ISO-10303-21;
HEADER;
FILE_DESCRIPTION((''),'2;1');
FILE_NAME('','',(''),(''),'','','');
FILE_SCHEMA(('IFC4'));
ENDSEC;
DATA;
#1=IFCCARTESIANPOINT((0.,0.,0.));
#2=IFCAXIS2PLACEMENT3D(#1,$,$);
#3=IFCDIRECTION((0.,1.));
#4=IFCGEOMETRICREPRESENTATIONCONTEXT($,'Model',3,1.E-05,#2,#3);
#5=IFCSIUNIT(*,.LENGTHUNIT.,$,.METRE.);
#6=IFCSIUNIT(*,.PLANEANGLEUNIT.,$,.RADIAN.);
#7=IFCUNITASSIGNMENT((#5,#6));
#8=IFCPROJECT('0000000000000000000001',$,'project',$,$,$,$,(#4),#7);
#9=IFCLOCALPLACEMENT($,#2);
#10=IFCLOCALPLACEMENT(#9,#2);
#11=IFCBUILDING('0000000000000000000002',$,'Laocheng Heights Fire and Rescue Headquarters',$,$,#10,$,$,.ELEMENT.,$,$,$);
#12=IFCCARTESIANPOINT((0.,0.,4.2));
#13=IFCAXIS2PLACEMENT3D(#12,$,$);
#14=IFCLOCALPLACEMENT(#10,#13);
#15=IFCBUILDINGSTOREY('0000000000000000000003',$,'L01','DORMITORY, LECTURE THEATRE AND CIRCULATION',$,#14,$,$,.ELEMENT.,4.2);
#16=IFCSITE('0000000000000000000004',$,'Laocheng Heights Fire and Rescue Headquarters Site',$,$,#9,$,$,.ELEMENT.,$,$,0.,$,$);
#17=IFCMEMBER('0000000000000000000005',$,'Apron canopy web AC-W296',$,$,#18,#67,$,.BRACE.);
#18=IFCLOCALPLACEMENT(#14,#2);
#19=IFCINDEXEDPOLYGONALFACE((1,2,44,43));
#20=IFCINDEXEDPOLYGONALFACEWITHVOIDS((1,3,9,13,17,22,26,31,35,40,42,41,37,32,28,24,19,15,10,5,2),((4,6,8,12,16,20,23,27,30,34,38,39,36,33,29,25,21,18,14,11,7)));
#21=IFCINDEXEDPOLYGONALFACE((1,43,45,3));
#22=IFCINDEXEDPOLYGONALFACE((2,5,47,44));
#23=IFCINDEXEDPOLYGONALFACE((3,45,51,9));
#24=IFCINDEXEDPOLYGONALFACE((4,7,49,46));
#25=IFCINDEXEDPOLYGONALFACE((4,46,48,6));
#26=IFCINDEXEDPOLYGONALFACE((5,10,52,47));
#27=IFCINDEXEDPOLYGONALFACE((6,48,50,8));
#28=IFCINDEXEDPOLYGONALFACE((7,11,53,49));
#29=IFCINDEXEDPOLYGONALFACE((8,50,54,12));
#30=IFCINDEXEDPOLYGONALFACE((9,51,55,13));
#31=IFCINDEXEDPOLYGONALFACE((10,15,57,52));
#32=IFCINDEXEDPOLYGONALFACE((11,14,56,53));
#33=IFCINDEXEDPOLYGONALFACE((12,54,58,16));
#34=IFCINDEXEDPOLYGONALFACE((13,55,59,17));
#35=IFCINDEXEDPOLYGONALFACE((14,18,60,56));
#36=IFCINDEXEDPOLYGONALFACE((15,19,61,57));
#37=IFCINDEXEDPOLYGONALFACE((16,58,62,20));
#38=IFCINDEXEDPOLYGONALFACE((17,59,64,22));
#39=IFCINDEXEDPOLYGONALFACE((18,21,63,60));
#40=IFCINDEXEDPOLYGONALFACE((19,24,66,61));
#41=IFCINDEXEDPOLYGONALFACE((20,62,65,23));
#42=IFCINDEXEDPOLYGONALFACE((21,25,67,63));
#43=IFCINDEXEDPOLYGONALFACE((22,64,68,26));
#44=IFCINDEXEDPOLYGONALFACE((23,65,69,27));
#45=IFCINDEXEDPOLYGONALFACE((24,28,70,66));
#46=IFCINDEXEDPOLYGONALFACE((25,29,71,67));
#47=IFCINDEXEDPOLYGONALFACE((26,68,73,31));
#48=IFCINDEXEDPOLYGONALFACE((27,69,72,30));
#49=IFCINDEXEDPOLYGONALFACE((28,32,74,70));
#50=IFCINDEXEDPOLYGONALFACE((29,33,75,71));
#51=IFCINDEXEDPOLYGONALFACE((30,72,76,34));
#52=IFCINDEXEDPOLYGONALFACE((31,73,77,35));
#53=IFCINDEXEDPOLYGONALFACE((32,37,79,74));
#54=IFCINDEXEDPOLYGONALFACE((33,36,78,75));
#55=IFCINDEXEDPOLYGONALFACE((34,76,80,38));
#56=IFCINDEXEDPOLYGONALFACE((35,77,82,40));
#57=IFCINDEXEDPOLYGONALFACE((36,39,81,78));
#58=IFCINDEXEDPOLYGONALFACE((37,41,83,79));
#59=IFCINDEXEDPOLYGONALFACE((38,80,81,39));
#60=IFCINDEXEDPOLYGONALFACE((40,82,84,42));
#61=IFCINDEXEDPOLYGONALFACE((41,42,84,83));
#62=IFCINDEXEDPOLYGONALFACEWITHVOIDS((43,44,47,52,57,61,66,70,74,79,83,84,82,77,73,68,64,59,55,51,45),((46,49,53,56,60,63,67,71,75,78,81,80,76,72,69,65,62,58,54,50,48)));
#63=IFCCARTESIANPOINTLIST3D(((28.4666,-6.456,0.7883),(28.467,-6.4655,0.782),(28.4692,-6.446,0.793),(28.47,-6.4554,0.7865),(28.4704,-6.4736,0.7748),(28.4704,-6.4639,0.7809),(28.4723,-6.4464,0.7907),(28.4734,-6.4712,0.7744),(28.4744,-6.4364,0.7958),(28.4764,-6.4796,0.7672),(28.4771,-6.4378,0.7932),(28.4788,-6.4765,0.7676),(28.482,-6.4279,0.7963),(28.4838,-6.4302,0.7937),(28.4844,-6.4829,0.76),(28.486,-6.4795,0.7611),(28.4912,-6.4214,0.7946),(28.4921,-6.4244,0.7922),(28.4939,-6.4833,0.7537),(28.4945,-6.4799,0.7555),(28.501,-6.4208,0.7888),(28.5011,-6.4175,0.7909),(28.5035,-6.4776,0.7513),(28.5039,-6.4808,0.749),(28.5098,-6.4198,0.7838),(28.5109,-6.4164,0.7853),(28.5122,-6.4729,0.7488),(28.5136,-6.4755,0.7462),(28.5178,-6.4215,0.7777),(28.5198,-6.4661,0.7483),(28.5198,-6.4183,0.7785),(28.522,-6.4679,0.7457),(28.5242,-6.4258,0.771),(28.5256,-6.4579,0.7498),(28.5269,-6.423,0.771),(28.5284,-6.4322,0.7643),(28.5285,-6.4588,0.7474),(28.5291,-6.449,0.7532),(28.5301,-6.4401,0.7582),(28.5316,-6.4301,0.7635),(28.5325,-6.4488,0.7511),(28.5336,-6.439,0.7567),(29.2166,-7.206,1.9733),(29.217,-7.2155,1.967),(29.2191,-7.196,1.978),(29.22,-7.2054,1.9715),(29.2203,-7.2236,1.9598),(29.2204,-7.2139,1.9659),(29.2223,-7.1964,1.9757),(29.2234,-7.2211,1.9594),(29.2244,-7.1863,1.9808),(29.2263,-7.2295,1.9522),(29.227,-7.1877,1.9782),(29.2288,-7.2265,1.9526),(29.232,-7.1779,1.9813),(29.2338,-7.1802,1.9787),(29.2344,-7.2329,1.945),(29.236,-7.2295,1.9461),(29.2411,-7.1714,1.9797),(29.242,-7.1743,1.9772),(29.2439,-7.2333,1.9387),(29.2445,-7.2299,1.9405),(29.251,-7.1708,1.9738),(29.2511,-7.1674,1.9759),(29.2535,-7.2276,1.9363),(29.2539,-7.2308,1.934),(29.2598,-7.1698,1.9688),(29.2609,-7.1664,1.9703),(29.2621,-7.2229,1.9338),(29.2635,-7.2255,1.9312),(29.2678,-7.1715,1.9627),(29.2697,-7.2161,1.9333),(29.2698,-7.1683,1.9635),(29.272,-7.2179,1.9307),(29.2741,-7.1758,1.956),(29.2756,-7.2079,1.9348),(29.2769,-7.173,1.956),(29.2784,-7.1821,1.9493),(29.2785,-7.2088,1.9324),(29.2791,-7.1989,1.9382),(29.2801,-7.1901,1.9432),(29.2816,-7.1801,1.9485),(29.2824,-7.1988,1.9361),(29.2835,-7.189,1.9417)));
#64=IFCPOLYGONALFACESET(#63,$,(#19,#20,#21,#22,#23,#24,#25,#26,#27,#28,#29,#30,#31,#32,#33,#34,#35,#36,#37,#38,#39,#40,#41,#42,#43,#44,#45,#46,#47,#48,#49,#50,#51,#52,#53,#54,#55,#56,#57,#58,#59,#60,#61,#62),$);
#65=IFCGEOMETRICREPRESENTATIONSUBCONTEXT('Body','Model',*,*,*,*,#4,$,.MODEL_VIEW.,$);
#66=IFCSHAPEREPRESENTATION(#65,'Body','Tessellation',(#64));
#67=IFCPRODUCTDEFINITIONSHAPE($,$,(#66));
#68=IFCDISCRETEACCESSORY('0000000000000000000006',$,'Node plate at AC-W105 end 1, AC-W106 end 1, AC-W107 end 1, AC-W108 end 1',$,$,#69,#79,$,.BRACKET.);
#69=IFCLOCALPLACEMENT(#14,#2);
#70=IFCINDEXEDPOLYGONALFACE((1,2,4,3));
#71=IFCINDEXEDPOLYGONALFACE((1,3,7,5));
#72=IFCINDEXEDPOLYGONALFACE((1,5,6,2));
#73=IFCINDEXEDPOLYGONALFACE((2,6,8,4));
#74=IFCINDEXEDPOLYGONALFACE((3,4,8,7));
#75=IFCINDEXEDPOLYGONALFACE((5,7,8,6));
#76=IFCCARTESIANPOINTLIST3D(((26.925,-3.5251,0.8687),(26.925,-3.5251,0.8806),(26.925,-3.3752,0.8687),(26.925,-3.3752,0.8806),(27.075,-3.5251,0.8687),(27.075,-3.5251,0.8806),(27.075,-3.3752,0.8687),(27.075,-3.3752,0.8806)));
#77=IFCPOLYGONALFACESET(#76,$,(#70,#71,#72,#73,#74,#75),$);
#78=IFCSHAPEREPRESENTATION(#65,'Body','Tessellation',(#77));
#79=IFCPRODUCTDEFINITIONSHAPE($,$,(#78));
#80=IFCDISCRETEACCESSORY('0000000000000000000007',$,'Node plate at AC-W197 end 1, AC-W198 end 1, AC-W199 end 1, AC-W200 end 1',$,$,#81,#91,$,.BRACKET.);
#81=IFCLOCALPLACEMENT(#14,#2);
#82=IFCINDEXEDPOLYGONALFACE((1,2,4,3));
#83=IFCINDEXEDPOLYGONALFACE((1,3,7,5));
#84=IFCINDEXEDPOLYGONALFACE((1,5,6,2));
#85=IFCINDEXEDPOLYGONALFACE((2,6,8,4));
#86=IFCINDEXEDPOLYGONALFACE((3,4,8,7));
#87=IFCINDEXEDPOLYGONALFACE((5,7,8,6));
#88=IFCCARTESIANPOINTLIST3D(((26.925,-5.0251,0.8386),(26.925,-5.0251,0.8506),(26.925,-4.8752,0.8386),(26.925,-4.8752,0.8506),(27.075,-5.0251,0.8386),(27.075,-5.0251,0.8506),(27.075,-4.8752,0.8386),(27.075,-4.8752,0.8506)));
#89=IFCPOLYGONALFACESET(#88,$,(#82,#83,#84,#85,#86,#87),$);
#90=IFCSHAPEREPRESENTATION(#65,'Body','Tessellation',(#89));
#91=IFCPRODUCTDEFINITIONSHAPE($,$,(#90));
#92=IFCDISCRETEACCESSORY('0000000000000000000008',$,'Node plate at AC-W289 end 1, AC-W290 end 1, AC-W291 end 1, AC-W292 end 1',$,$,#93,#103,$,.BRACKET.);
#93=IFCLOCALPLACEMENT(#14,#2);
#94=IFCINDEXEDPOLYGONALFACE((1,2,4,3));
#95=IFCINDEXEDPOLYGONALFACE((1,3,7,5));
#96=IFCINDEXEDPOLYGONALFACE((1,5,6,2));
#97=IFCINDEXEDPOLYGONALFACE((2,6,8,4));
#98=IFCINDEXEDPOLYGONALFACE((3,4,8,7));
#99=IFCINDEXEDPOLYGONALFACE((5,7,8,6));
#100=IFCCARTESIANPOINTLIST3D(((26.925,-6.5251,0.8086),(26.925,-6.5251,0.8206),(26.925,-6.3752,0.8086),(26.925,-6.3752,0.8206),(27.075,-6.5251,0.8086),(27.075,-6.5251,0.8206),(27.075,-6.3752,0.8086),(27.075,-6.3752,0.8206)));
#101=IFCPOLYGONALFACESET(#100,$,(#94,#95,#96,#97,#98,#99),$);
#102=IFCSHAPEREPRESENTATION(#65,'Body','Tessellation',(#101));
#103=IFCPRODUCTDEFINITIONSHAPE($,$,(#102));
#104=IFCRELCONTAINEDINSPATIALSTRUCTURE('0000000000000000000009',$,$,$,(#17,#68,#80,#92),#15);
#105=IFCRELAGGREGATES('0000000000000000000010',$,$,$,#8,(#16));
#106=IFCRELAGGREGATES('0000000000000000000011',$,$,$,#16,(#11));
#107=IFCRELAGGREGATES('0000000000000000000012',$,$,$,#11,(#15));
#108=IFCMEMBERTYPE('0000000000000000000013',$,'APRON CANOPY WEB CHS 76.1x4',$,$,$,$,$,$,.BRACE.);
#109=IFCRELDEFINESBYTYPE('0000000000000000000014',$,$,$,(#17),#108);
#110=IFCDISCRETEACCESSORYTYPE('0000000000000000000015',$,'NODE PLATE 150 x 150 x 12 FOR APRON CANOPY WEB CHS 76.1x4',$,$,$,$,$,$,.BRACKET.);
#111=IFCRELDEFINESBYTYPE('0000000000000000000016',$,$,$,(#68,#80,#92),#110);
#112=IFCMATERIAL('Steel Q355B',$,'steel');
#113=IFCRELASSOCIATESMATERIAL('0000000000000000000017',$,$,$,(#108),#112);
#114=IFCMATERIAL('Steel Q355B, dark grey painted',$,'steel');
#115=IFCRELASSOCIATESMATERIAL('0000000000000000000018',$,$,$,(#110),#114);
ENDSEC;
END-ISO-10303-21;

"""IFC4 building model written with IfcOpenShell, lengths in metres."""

from ifc_helpers import new_model, si_unit, direction, frame, origin, origin_2d, place, context, subcontext, project, spatial, rectangle, hollow_circle, extrude, material, material_profile, profile_set, type_object, element, save


model = new_model("IFC4")

# Units and contexts
model_context = context("Model", 3, precision=1e-05, world=origin(), true_north=direction((0.0, 1.0)))
body_context = subcontext(model_context, "Body", "Model", "MODEL_VIEW")
ifc_project = project(units=[si_unit("LENGTHUNIT", "METRE"), si_unit("PLANEANGLEUNIT", "RADIAN")], contexts=[model_context])

# Site, building, storey
site_placement = place(None, origin())
site = spatial("IfcSite", under=ifc_project, at=site_placement, Name="Laocheng Heights Fire and Rescue Headquarters Site", CompositionType="ELEMENT", RefElevation=0.0)
building_placement = place(site_placement, origin())
building = spatial("IfcBuilding", under=site, at=building_placement, Name="Laocheng Heights Fire and Rescue Headquarters", CompositionType="ELEMENT")
storey_placement = place(building_placement, frame((0.0, 0.0, 4.2)))
storey = spatial("IfcBuildingStorey", under=building, at=storey_placement, Name="L01", Description="DORMITORY, LECTURE THEATRE AND CIRCULATION", CompositionType="ELEMENT", Elevation=4.2)

# Member
ifc_material_1 = material(Name="Steel Q355B", Category="steel")
ifc_material_profile_1 = material_profile(ifc_material_1, hollow_circle(Radius=0.0381, WallThickness=0.0039, at=origin_2d()), Name="CHS 76.1x4")
ifc_profile_set_1 = profile_set([ifc_material_profile_1], Name="Steel Q355B")
member_type_1 = type_object("IfcMemberType", Name="APRON CANOPY WEB CHS 76.1x4", PredefinedType="BRACE", material=ifc_profile_set_1)
for number, where, z_axis, x_axis, name in (
    (1, (28.5, -6.45, 0.771), (0.47158, -0.47158, 0.745134), (0.707107, 0.707107, 0.0), "Apron canopy web AC-W296"),
):
    element("IfcMember", number, at=place(storey_placement, frame(where, z_axis=z_axis, x_axis=x_axis)), inside=storey, type_object=member_type_1, Name=name, PredefinedType="BRACE", context=body_context, shape_type="SweptSolid", body=[
        extrude(hollow_circle(Radius=0.0381, WallThickness=0.0039, at=origin_2d()), origin(), (0.0, 0.0, 1.0), 1.5903),
    ])

# Discrete accessories
ifc_material_2 = material(Name="Steel Q355B, dark grey painted", Category="steel")
ifc_material_profile_2 = material_profile(ifc_material_2, rectangle(XDim=0.1499, YDim=0.1499, at=origin_2d()), Name="NODE PLATE 150 x 150 x 12 FOR APRON CANOPY WEB CHS 76.1x4")
ifc_profile_set_2 = profile_set([ifc_material_profile_2], Name="Steel Q355B, dark grey painted")
discrete_accessory_type = type_object("IfcDiscreteAccessoryType", Name="NODE PLATE 150 x 150 x 12 FOR APRON CANOPY WEB CHS 76.1x4", PredefinedType="BRACKET", material=ifc_profile_set_2)
for number, where, z_axis, x_axis, name in (
    (2, (27.0, -3.4502, 0.8687), (0.0, 0.0, 1.0), (1.0, 0.0, 0.0), "Node plate at AC-W105 end 1, AC-W106 end 1, AC-W107 end 1, AC-W108 end 1"),
    (3, (27.0, -4.9502, 0.8386), (0.0, 0.0, 1.0), (1.0, 0.0, 0.0), "Node plate at AC-W197 end 1, AC-W198 end 1, AC-W199 end 1, AC-W200 end 1"),
    (4, (27.0, -6.4502, 0.8086), (0.0, 0.0, 1.0), (1.0, 0.0, 0.0), "Node plate at AC-W289 end 1, AC-W290 end 1, AC-W291 end 1, AC-W292 end 1"),
):
    element("IfcDiscreteAccessory", number, at=place(storey_placement, frame(where, z_axis=z_axis, x_axis=x_axis)), inside=storey, type_object=discrete_accessory_type, Name=name, PredefinedType="BRACKET", context=body_context, shape_type="SweptSolid", body=[
        extrude(rectangle(XDim=0.1499, YDim=0.1499, at=origin_2d()), origin(), (0.0, 0.0, 1.0), 0.012),
    ])

save(model, "model.ifc")
